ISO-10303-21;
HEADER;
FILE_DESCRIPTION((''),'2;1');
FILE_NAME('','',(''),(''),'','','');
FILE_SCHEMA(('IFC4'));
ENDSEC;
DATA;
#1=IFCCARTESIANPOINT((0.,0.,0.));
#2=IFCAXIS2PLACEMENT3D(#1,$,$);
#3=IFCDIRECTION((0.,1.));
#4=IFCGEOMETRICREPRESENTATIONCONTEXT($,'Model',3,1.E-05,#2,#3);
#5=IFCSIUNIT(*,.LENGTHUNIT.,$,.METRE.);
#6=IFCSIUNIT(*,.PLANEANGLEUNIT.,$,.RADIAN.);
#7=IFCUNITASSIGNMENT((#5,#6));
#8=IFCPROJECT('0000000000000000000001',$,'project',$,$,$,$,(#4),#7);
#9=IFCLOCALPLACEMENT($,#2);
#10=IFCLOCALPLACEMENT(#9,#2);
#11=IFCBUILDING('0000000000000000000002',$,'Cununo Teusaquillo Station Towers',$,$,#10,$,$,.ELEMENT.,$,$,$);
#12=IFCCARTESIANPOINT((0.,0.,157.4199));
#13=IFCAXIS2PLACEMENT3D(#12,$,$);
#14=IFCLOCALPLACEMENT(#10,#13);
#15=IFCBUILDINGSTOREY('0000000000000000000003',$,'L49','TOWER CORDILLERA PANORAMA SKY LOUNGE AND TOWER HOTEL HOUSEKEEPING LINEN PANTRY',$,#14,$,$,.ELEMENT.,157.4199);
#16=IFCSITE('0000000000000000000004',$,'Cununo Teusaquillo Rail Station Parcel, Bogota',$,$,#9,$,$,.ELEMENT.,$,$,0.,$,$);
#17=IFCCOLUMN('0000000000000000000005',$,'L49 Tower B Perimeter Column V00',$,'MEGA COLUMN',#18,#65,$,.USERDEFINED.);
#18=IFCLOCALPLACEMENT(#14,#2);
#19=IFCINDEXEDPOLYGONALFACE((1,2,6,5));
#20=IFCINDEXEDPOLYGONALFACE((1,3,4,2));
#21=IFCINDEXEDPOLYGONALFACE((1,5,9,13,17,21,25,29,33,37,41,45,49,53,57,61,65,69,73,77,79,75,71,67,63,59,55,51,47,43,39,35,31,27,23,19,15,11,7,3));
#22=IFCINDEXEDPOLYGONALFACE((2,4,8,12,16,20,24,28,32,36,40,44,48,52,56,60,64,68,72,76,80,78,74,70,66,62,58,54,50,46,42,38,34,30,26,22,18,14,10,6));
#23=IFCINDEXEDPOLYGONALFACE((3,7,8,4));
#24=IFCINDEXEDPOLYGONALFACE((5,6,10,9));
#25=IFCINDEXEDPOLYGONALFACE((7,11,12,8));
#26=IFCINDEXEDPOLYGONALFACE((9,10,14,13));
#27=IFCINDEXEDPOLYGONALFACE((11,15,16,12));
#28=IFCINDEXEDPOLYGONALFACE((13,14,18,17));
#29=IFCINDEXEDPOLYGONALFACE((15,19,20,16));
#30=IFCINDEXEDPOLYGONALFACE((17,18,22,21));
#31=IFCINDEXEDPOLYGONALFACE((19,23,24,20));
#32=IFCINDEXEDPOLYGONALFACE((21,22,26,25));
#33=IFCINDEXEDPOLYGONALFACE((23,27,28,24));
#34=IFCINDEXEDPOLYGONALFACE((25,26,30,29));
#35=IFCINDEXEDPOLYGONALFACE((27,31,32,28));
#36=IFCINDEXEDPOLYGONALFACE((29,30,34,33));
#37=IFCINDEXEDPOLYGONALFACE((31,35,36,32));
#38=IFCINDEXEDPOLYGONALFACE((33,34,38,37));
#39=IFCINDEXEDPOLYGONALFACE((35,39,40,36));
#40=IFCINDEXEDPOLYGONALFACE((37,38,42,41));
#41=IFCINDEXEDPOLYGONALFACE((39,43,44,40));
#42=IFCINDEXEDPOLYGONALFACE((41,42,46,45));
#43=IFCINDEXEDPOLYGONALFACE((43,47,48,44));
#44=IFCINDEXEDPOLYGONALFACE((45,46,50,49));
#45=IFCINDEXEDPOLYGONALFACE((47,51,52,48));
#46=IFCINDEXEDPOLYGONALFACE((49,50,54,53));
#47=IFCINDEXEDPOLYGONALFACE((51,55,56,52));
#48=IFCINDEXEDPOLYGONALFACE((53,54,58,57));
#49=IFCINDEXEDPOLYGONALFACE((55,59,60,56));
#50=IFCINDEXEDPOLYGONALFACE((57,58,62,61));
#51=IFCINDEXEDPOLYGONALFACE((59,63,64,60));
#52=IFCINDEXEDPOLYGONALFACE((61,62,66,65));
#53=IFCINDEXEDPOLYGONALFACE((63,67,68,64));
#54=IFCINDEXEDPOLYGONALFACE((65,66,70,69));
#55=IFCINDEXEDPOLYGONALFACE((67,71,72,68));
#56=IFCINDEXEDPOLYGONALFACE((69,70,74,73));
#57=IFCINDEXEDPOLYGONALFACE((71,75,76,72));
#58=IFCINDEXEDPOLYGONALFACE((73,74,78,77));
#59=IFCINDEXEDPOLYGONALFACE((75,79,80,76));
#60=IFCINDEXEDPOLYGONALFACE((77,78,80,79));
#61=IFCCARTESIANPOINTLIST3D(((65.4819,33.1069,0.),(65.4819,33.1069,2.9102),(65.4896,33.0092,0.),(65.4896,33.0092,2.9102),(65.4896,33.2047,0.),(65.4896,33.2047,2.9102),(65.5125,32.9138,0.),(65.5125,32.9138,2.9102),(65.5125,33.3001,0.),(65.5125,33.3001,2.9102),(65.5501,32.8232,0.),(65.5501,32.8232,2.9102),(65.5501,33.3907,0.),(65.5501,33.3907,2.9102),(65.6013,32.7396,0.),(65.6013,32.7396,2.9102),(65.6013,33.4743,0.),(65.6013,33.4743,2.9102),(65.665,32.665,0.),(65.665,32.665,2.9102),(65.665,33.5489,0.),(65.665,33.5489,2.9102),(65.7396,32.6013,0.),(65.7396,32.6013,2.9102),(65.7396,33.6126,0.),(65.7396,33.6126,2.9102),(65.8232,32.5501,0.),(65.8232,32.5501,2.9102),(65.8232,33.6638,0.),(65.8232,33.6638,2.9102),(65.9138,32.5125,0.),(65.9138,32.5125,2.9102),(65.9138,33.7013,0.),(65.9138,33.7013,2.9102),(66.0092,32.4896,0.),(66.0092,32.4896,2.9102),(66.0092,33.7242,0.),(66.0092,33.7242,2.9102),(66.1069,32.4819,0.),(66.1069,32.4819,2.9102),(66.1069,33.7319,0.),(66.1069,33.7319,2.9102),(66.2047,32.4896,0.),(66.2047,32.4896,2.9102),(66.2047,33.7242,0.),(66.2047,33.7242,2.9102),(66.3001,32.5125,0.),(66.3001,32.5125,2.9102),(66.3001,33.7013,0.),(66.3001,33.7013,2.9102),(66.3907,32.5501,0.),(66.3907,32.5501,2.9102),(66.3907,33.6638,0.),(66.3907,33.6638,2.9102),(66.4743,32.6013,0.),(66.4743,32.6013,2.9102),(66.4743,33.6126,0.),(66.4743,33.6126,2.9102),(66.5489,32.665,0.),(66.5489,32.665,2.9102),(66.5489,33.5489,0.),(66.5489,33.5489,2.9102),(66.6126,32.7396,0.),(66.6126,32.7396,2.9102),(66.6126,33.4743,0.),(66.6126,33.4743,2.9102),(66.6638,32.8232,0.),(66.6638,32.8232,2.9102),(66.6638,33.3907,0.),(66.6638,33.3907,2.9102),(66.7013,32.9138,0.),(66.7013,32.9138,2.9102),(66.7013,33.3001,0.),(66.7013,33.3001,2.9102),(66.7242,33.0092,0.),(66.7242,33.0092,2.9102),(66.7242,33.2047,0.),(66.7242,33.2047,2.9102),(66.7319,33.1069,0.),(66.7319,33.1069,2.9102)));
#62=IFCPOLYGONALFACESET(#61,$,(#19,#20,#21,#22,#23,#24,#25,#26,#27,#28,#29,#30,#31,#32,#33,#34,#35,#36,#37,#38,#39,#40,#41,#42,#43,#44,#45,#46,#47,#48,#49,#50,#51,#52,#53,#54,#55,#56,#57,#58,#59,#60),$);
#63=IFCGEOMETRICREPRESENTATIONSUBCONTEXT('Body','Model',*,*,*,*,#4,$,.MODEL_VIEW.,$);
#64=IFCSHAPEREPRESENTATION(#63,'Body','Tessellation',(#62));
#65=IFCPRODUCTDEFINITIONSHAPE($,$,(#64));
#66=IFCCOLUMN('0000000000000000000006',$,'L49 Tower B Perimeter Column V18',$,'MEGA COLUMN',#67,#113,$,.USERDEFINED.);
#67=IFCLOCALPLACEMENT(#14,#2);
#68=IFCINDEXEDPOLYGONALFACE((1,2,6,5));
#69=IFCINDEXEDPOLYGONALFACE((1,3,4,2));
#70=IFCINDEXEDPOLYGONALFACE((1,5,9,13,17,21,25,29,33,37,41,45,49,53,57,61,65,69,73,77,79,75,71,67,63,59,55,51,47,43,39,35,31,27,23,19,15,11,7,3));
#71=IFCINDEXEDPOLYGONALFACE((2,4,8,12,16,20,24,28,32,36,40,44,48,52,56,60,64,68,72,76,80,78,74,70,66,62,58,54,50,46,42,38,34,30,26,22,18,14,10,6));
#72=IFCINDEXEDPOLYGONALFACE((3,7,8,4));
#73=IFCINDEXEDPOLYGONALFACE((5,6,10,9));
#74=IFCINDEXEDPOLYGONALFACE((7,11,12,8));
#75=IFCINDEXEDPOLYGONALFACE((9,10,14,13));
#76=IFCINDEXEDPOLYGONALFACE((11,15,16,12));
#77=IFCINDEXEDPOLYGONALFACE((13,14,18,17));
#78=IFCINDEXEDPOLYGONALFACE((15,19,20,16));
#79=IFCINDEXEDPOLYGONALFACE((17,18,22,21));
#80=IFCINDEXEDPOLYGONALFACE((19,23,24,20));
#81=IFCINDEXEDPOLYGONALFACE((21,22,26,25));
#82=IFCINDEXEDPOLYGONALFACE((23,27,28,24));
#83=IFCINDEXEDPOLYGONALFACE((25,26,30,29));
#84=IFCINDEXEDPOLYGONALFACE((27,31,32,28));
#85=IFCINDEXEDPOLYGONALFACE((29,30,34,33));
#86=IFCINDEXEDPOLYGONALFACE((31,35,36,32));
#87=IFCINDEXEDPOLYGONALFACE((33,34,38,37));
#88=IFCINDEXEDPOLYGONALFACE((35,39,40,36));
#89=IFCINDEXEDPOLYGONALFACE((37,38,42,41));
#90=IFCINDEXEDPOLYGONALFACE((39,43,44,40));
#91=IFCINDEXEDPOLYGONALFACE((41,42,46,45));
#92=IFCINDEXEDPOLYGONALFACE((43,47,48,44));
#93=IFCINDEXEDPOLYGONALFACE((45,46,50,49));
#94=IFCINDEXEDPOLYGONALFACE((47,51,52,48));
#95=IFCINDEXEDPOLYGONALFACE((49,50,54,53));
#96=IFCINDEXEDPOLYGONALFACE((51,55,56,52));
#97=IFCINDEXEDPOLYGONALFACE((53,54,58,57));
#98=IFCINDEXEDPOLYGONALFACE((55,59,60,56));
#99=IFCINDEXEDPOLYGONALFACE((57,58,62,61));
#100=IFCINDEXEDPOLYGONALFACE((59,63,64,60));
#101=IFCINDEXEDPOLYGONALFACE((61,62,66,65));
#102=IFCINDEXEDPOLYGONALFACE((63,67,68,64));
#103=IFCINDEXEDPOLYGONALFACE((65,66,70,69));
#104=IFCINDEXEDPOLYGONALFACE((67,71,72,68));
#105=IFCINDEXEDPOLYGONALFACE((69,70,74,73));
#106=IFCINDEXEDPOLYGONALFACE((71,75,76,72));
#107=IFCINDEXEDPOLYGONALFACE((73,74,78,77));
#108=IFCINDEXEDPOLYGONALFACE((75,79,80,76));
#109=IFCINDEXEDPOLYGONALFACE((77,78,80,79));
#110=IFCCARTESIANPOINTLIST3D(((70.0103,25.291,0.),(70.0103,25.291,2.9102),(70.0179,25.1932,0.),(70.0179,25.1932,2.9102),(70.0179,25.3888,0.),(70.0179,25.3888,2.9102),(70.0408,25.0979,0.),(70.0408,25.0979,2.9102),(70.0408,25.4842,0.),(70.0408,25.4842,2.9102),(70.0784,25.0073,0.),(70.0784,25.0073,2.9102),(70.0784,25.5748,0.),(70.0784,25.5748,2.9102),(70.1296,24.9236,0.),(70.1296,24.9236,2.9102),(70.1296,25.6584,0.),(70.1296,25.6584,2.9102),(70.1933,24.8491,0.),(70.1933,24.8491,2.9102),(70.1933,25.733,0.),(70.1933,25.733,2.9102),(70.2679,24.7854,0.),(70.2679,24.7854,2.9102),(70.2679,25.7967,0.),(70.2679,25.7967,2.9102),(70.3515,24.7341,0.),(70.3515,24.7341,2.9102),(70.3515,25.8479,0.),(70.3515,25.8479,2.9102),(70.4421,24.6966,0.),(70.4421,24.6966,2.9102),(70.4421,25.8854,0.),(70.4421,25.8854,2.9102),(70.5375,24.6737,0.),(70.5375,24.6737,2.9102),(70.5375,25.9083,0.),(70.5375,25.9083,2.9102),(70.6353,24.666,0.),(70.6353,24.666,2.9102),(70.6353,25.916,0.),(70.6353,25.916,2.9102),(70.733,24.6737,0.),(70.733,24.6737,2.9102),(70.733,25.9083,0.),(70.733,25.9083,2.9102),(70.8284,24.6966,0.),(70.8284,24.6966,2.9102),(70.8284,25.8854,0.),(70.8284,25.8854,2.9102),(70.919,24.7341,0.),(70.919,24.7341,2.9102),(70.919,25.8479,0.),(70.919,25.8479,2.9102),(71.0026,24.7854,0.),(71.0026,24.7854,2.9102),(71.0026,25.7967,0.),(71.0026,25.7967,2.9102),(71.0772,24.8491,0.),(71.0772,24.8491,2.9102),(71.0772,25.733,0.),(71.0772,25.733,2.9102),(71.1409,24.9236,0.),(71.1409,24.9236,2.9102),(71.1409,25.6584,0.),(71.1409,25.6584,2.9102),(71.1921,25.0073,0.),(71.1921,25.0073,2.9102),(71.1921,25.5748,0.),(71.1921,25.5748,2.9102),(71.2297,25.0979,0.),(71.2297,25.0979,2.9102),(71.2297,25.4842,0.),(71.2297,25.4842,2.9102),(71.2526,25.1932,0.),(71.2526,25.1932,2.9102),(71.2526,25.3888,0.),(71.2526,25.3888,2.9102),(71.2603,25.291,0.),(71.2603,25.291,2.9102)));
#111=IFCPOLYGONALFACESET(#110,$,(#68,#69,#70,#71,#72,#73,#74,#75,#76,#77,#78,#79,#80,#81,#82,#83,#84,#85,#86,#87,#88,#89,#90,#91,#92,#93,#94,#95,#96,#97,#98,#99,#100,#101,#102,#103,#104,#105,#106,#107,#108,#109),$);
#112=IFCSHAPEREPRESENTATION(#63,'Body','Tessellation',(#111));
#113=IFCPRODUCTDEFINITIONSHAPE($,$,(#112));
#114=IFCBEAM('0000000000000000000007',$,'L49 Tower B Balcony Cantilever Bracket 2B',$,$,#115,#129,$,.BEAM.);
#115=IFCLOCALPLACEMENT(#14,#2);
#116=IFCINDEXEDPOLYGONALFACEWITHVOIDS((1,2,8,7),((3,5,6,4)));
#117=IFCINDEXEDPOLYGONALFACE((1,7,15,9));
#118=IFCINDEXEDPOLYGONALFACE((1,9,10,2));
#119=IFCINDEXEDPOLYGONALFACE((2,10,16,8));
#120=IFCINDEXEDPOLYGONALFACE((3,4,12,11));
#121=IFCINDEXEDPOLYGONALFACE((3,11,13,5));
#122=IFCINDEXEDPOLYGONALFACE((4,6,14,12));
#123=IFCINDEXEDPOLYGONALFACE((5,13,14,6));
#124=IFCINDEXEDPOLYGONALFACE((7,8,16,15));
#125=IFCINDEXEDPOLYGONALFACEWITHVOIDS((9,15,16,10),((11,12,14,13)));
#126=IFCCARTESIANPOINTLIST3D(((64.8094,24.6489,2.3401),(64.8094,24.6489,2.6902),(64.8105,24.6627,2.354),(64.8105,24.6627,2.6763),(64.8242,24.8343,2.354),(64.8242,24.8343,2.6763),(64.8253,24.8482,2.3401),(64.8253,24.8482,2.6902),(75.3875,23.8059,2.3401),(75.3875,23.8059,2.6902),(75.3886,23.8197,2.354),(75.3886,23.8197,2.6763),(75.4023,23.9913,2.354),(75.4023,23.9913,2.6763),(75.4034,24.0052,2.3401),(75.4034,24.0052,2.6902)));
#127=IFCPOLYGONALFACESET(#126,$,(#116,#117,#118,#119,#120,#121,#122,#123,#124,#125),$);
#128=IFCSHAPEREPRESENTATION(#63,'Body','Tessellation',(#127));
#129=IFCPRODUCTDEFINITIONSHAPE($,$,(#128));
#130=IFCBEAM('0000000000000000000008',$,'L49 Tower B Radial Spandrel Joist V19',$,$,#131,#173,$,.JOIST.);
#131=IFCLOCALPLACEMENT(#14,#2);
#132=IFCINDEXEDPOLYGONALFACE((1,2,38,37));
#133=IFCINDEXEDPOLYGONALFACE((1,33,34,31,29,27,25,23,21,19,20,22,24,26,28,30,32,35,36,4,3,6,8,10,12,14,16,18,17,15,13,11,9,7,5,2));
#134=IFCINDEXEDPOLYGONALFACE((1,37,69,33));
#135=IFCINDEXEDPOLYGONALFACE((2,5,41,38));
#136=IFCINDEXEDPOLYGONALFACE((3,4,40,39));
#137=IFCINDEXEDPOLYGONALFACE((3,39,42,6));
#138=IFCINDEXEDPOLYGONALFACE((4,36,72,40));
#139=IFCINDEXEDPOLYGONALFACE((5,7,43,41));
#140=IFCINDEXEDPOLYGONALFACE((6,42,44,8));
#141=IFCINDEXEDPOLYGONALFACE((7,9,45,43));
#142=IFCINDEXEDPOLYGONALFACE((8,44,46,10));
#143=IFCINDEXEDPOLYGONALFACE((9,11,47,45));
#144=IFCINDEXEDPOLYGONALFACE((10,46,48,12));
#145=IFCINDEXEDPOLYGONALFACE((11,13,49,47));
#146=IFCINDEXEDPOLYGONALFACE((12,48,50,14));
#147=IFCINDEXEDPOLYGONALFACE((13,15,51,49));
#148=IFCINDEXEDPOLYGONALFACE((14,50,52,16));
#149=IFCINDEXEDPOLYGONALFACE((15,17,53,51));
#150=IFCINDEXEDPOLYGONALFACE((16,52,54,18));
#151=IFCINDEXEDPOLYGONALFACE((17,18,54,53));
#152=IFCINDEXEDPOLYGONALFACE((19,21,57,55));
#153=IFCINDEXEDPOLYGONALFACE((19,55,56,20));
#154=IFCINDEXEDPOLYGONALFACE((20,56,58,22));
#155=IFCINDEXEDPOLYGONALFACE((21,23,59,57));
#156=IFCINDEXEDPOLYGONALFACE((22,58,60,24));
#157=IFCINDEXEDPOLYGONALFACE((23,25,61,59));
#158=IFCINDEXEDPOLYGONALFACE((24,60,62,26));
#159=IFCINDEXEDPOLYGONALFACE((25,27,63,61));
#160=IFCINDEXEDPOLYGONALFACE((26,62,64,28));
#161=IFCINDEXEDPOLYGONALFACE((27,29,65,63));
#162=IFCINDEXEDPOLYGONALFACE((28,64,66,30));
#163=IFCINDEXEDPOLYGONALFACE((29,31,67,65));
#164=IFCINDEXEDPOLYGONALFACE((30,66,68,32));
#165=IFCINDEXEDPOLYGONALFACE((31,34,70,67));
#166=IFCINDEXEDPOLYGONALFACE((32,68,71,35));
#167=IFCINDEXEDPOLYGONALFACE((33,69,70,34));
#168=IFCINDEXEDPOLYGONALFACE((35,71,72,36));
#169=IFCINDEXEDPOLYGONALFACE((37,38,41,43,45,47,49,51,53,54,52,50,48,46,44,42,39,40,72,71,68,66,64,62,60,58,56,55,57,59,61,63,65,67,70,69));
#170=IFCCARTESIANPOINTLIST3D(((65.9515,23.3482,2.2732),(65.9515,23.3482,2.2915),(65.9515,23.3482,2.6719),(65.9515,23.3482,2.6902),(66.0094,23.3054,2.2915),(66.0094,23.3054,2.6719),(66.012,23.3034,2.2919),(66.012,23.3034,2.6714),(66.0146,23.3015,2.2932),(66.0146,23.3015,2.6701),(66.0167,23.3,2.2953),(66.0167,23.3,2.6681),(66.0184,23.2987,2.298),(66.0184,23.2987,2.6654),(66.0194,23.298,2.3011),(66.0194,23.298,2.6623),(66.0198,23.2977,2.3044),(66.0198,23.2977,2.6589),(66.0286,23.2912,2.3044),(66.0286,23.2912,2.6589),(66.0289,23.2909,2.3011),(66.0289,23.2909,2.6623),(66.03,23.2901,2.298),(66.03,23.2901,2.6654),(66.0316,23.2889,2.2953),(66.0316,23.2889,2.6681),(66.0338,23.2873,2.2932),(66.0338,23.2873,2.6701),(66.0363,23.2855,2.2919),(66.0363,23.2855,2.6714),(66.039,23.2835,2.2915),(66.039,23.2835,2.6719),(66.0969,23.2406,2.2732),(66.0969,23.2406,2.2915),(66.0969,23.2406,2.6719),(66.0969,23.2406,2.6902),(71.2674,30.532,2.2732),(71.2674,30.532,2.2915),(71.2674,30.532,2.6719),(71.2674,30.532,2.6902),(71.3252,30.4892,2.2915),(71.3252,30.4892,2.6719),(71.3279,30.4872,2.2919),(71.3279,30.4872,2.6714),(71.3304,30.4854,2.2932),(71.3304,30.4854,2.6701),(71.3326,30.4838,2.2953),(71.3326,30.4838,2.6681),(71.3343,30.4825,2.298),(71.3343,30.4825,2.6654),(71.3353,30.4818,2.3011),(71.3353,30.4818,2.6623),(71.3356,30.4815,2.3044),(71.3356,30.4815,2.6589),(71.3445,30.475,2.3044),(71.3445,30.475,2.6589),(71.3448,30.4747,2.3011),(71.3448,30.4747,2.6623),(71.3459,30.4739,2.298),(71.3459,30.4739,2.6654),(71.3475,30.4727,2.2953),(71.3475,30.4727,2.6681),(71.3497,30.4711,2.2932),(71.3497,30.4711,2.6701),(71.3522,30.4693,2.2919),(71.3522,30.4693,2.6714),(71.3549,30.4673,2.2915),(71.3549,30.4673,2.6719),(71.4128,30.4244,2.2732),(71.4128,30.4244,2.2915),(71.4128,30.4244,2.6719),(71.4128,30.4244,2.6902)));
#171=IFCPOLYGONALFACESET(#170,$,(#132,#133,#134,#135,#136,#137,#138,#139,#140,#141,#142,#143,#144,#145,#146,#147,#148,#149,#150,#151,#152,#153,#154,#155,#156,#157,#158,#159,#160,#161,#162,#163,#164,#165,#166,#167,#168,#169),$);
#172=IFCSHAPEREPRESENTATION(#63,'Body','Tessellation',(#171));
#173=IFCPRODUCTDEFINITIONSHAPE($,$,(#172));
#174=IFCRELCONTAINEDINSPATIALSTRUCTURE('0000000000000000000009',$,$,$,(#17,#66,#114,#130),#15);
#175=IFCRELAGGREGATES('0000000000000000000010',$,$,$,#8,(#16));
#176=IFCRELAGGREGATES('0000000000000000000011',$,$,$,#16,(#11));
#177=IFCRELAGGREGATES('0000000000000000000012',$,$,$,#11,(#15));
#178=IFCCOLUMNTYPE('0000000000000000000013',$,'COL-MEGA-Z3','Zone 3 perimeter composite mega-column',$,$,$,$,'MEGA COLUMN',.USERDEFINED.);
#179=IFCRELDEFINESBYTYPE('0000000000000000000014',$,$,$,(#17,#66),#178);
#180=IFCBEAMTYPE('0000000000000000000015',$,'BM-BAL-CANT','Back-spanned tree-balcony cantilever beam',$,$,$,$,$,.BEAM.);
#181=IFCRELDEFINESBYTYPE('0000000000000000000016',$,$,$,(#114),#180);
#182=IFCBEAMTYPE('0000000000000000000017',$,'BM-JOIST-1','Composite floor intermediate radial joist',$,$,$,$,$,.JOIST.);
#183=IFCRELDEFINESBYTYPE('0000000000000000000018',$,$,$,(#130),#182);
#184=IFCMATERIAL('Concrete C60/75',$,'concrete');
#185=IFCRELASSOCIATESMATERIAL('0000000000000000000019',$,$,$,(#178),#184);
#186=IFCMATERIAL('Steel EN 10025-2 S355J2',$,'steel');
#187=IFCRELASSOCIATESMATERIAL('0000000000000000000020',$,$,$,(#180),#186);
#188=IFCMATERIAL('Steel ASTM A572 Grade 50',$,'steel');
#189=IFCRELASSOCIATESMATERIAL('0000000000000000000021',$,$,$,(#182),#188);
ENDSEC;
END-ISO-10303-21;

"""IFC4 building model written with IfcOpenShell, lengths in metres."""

from ifc_helpers import new_model, si_unit, direction, frame, origin, origin_2d, place, context, subcontext, project, spatial, hollow_rectangle, circle, i_section, extrude, material, material_profile, profile_set, type_object, element, save


model = new_model("IFC4")

# Units and contexts
model_context = context("Model", 3, precision=1e-05, world=origin(), true_north=direction((0.0, 1.0)))
body_context = subcontext(model_context, "Body", "Model", "MODEL_VIEW")
ifc_project = project(units=[si_unit("LENGTHUNIT", "METRE"), si_unit("PLANEANGLEUNIT", "RADIAN")], contexts=[model_context])

# Site, building, storey
site_placement = place(None, origin())
site = spatial("IfcSite", under=ifc_project, at=site_placement, Name="Cununo Teusaquillo Rail Station Parcel, Bogota", CompositionType="ELEMENT", RefElevation=0.0)
building_placement = place(site_placement, origin())
building = spatial("IfcBuilding", under=site, at=building_placement, Name="Cununo Teusaquillo Station Towers", CompositionType="ELEMENT")
storey_placement = place(building_placement, frame((0.0, 0.0, 157.4199)))
storey = spatial("IfcBuildingStorey", under=building, at=storey_placement, Name="L49", Description="TOWER CORDILLERA PANORAMA SKY LOUNGE AND TOWER HOTEL HOUSEKEEPING LINEN PANTRY", CompositionType="ELEMENT", Elevation=157.4199)

# Columns
ifc_material_1 = material(Name="Concrete C60/75", Category="concrete")
ifc_material_profile_1 = material_profile(ifc_material_1, circle(Radius=0.625, at=origin_2d()), Name="RC-CIRC-1250")
ifc_profile_set_1 = profile_set([ifc_material_profile_1], Name="Concrete C60/75")
column_type = type_object("IfcColumnType", Name="COL-MEGA-Z3", Description="Zone 3 perimeter composite mega-column", ElementType="MEGA COLUMN", PredefinedType="USERDEFINED", material=ifc_profile_set_1)
for number, where, z_axis, x_axis, name in (
    (1, (66.1069, 33.1069, 0.0), (0.0, 0.0, 1.0), (1.0, 0.0, 0.0), "L49 Tower B Perimeter Column V00"),
    (2, (70.6353, 25.291, 0.0), (0.0, 0.0, 1.0), (1.0, 0.0, 0.0), "L49 Tower B Perimeter Column V18"),
):
    element("IfcColumn", number, at=place(storey_placement, frame(where, z_axis=z_axis, x_axis=x_axis)), inside=storey, type_object=column_type, Name=name, ObjectType="MEGA COLUMN", PredefinedType="USERDEFINED", context=body_context, shape_type="SweptSolid", body=[
        extrude(circle(Radius=0.625, at=origin_2d()), origin(), (0.0, 0.0, 1.0), 2.9102),
    ])

# Beams
ifc_material_2 = material(Name="Steel EN 10025-2 S355J2", Category="steel")
ifc_material_profile_2 = material_profile(ifc_material_2, hollow_rectangle(XDim=0.2, YDim=0.3501, WallThickness=0.0139, at=origin_2d()), Name="RHS 350x200x14")
ifc_profile_set_2 = profile_set([ifc_material_profile_2], Name="Steel EN 10025-2 S355J2")
beam_type_1 = type_object("IfcBeamType", Name="BM-BAL-CANT", Description="Back-spanned tree-balcony cantilever beam", PredefinedType="BEAM", material=ifc_profile_set_2)
beam_1_placement = place(storey_placement, frame((64.8174, 24.7485, 2.5151), z_axis=(0.996839, -0.079443, 0.0), x_axis=(0.079443, 0.996839, 0.0)))
element("IfcBeam", 3, at=beam_1_placement, inside=storey, type_object=beam_type_1, Name="L49 Tower B Balcony Cantilever Bracket 2B", PredefinedType="BEAM", context=body_context, shape_type="SweptSolid", body=[
    extrude(hollow_rectangle(XDim=0.2, YDim=0.3501, WallThickness=0.0139, at=origin_2d()), origin(), (0.0, 0.0, 1.0), 10.6116),
])
ifc_material_3 = material(Name="Steel ASTM A572 Grade 50", Category="steel")
ifc_material_profile_3 = material_profile(ifc_material_3, i_section(OverallWidth=0.1809, OverallDepth=0.417, WebThickness=0.011, FlangeThickness=0.0183, FilletRadius=0.0129, at=origin_2d()), Name="W16X57")
ifc_profile_set_3 = profile_set([ifc_material_profile_3], Name="Steel ASTM A572 Grade 50")
beam_type_2 = type_object("IfcBeamType", Name="BM-JOIST-1", Description="Composite floor intermediate radial joist", PredefinedType="JOIST", material=ifc_profile_set_3)
beam_2_placement = place(storey_placement, frame((66.0242, 23.2944, 2.4817), z_axis=(0.594834, 0.803848, 0.0), x_axis=(-0.803848, 0.594834, 0.0)))
element("IfcBeam", 4, at=beam_2_placement, inside=storey, type_object=beam_type_2, Name="L49 Tower B Radial Spandrel Joist V19", PredefinedType="JOIST", context=body_context, shape_type="SweptSolid", body=[
    extrude(i_section(OverallWidth=0.1809, OverallDepth=0.417, WebThickness=0.011, FlangeThickness=0.0183, FilletRadius=0.0129, at=origin_2d()), origin(), (0.0, 0.0, 1.0), 8.9368),
])

save(model, "model.ifc")
